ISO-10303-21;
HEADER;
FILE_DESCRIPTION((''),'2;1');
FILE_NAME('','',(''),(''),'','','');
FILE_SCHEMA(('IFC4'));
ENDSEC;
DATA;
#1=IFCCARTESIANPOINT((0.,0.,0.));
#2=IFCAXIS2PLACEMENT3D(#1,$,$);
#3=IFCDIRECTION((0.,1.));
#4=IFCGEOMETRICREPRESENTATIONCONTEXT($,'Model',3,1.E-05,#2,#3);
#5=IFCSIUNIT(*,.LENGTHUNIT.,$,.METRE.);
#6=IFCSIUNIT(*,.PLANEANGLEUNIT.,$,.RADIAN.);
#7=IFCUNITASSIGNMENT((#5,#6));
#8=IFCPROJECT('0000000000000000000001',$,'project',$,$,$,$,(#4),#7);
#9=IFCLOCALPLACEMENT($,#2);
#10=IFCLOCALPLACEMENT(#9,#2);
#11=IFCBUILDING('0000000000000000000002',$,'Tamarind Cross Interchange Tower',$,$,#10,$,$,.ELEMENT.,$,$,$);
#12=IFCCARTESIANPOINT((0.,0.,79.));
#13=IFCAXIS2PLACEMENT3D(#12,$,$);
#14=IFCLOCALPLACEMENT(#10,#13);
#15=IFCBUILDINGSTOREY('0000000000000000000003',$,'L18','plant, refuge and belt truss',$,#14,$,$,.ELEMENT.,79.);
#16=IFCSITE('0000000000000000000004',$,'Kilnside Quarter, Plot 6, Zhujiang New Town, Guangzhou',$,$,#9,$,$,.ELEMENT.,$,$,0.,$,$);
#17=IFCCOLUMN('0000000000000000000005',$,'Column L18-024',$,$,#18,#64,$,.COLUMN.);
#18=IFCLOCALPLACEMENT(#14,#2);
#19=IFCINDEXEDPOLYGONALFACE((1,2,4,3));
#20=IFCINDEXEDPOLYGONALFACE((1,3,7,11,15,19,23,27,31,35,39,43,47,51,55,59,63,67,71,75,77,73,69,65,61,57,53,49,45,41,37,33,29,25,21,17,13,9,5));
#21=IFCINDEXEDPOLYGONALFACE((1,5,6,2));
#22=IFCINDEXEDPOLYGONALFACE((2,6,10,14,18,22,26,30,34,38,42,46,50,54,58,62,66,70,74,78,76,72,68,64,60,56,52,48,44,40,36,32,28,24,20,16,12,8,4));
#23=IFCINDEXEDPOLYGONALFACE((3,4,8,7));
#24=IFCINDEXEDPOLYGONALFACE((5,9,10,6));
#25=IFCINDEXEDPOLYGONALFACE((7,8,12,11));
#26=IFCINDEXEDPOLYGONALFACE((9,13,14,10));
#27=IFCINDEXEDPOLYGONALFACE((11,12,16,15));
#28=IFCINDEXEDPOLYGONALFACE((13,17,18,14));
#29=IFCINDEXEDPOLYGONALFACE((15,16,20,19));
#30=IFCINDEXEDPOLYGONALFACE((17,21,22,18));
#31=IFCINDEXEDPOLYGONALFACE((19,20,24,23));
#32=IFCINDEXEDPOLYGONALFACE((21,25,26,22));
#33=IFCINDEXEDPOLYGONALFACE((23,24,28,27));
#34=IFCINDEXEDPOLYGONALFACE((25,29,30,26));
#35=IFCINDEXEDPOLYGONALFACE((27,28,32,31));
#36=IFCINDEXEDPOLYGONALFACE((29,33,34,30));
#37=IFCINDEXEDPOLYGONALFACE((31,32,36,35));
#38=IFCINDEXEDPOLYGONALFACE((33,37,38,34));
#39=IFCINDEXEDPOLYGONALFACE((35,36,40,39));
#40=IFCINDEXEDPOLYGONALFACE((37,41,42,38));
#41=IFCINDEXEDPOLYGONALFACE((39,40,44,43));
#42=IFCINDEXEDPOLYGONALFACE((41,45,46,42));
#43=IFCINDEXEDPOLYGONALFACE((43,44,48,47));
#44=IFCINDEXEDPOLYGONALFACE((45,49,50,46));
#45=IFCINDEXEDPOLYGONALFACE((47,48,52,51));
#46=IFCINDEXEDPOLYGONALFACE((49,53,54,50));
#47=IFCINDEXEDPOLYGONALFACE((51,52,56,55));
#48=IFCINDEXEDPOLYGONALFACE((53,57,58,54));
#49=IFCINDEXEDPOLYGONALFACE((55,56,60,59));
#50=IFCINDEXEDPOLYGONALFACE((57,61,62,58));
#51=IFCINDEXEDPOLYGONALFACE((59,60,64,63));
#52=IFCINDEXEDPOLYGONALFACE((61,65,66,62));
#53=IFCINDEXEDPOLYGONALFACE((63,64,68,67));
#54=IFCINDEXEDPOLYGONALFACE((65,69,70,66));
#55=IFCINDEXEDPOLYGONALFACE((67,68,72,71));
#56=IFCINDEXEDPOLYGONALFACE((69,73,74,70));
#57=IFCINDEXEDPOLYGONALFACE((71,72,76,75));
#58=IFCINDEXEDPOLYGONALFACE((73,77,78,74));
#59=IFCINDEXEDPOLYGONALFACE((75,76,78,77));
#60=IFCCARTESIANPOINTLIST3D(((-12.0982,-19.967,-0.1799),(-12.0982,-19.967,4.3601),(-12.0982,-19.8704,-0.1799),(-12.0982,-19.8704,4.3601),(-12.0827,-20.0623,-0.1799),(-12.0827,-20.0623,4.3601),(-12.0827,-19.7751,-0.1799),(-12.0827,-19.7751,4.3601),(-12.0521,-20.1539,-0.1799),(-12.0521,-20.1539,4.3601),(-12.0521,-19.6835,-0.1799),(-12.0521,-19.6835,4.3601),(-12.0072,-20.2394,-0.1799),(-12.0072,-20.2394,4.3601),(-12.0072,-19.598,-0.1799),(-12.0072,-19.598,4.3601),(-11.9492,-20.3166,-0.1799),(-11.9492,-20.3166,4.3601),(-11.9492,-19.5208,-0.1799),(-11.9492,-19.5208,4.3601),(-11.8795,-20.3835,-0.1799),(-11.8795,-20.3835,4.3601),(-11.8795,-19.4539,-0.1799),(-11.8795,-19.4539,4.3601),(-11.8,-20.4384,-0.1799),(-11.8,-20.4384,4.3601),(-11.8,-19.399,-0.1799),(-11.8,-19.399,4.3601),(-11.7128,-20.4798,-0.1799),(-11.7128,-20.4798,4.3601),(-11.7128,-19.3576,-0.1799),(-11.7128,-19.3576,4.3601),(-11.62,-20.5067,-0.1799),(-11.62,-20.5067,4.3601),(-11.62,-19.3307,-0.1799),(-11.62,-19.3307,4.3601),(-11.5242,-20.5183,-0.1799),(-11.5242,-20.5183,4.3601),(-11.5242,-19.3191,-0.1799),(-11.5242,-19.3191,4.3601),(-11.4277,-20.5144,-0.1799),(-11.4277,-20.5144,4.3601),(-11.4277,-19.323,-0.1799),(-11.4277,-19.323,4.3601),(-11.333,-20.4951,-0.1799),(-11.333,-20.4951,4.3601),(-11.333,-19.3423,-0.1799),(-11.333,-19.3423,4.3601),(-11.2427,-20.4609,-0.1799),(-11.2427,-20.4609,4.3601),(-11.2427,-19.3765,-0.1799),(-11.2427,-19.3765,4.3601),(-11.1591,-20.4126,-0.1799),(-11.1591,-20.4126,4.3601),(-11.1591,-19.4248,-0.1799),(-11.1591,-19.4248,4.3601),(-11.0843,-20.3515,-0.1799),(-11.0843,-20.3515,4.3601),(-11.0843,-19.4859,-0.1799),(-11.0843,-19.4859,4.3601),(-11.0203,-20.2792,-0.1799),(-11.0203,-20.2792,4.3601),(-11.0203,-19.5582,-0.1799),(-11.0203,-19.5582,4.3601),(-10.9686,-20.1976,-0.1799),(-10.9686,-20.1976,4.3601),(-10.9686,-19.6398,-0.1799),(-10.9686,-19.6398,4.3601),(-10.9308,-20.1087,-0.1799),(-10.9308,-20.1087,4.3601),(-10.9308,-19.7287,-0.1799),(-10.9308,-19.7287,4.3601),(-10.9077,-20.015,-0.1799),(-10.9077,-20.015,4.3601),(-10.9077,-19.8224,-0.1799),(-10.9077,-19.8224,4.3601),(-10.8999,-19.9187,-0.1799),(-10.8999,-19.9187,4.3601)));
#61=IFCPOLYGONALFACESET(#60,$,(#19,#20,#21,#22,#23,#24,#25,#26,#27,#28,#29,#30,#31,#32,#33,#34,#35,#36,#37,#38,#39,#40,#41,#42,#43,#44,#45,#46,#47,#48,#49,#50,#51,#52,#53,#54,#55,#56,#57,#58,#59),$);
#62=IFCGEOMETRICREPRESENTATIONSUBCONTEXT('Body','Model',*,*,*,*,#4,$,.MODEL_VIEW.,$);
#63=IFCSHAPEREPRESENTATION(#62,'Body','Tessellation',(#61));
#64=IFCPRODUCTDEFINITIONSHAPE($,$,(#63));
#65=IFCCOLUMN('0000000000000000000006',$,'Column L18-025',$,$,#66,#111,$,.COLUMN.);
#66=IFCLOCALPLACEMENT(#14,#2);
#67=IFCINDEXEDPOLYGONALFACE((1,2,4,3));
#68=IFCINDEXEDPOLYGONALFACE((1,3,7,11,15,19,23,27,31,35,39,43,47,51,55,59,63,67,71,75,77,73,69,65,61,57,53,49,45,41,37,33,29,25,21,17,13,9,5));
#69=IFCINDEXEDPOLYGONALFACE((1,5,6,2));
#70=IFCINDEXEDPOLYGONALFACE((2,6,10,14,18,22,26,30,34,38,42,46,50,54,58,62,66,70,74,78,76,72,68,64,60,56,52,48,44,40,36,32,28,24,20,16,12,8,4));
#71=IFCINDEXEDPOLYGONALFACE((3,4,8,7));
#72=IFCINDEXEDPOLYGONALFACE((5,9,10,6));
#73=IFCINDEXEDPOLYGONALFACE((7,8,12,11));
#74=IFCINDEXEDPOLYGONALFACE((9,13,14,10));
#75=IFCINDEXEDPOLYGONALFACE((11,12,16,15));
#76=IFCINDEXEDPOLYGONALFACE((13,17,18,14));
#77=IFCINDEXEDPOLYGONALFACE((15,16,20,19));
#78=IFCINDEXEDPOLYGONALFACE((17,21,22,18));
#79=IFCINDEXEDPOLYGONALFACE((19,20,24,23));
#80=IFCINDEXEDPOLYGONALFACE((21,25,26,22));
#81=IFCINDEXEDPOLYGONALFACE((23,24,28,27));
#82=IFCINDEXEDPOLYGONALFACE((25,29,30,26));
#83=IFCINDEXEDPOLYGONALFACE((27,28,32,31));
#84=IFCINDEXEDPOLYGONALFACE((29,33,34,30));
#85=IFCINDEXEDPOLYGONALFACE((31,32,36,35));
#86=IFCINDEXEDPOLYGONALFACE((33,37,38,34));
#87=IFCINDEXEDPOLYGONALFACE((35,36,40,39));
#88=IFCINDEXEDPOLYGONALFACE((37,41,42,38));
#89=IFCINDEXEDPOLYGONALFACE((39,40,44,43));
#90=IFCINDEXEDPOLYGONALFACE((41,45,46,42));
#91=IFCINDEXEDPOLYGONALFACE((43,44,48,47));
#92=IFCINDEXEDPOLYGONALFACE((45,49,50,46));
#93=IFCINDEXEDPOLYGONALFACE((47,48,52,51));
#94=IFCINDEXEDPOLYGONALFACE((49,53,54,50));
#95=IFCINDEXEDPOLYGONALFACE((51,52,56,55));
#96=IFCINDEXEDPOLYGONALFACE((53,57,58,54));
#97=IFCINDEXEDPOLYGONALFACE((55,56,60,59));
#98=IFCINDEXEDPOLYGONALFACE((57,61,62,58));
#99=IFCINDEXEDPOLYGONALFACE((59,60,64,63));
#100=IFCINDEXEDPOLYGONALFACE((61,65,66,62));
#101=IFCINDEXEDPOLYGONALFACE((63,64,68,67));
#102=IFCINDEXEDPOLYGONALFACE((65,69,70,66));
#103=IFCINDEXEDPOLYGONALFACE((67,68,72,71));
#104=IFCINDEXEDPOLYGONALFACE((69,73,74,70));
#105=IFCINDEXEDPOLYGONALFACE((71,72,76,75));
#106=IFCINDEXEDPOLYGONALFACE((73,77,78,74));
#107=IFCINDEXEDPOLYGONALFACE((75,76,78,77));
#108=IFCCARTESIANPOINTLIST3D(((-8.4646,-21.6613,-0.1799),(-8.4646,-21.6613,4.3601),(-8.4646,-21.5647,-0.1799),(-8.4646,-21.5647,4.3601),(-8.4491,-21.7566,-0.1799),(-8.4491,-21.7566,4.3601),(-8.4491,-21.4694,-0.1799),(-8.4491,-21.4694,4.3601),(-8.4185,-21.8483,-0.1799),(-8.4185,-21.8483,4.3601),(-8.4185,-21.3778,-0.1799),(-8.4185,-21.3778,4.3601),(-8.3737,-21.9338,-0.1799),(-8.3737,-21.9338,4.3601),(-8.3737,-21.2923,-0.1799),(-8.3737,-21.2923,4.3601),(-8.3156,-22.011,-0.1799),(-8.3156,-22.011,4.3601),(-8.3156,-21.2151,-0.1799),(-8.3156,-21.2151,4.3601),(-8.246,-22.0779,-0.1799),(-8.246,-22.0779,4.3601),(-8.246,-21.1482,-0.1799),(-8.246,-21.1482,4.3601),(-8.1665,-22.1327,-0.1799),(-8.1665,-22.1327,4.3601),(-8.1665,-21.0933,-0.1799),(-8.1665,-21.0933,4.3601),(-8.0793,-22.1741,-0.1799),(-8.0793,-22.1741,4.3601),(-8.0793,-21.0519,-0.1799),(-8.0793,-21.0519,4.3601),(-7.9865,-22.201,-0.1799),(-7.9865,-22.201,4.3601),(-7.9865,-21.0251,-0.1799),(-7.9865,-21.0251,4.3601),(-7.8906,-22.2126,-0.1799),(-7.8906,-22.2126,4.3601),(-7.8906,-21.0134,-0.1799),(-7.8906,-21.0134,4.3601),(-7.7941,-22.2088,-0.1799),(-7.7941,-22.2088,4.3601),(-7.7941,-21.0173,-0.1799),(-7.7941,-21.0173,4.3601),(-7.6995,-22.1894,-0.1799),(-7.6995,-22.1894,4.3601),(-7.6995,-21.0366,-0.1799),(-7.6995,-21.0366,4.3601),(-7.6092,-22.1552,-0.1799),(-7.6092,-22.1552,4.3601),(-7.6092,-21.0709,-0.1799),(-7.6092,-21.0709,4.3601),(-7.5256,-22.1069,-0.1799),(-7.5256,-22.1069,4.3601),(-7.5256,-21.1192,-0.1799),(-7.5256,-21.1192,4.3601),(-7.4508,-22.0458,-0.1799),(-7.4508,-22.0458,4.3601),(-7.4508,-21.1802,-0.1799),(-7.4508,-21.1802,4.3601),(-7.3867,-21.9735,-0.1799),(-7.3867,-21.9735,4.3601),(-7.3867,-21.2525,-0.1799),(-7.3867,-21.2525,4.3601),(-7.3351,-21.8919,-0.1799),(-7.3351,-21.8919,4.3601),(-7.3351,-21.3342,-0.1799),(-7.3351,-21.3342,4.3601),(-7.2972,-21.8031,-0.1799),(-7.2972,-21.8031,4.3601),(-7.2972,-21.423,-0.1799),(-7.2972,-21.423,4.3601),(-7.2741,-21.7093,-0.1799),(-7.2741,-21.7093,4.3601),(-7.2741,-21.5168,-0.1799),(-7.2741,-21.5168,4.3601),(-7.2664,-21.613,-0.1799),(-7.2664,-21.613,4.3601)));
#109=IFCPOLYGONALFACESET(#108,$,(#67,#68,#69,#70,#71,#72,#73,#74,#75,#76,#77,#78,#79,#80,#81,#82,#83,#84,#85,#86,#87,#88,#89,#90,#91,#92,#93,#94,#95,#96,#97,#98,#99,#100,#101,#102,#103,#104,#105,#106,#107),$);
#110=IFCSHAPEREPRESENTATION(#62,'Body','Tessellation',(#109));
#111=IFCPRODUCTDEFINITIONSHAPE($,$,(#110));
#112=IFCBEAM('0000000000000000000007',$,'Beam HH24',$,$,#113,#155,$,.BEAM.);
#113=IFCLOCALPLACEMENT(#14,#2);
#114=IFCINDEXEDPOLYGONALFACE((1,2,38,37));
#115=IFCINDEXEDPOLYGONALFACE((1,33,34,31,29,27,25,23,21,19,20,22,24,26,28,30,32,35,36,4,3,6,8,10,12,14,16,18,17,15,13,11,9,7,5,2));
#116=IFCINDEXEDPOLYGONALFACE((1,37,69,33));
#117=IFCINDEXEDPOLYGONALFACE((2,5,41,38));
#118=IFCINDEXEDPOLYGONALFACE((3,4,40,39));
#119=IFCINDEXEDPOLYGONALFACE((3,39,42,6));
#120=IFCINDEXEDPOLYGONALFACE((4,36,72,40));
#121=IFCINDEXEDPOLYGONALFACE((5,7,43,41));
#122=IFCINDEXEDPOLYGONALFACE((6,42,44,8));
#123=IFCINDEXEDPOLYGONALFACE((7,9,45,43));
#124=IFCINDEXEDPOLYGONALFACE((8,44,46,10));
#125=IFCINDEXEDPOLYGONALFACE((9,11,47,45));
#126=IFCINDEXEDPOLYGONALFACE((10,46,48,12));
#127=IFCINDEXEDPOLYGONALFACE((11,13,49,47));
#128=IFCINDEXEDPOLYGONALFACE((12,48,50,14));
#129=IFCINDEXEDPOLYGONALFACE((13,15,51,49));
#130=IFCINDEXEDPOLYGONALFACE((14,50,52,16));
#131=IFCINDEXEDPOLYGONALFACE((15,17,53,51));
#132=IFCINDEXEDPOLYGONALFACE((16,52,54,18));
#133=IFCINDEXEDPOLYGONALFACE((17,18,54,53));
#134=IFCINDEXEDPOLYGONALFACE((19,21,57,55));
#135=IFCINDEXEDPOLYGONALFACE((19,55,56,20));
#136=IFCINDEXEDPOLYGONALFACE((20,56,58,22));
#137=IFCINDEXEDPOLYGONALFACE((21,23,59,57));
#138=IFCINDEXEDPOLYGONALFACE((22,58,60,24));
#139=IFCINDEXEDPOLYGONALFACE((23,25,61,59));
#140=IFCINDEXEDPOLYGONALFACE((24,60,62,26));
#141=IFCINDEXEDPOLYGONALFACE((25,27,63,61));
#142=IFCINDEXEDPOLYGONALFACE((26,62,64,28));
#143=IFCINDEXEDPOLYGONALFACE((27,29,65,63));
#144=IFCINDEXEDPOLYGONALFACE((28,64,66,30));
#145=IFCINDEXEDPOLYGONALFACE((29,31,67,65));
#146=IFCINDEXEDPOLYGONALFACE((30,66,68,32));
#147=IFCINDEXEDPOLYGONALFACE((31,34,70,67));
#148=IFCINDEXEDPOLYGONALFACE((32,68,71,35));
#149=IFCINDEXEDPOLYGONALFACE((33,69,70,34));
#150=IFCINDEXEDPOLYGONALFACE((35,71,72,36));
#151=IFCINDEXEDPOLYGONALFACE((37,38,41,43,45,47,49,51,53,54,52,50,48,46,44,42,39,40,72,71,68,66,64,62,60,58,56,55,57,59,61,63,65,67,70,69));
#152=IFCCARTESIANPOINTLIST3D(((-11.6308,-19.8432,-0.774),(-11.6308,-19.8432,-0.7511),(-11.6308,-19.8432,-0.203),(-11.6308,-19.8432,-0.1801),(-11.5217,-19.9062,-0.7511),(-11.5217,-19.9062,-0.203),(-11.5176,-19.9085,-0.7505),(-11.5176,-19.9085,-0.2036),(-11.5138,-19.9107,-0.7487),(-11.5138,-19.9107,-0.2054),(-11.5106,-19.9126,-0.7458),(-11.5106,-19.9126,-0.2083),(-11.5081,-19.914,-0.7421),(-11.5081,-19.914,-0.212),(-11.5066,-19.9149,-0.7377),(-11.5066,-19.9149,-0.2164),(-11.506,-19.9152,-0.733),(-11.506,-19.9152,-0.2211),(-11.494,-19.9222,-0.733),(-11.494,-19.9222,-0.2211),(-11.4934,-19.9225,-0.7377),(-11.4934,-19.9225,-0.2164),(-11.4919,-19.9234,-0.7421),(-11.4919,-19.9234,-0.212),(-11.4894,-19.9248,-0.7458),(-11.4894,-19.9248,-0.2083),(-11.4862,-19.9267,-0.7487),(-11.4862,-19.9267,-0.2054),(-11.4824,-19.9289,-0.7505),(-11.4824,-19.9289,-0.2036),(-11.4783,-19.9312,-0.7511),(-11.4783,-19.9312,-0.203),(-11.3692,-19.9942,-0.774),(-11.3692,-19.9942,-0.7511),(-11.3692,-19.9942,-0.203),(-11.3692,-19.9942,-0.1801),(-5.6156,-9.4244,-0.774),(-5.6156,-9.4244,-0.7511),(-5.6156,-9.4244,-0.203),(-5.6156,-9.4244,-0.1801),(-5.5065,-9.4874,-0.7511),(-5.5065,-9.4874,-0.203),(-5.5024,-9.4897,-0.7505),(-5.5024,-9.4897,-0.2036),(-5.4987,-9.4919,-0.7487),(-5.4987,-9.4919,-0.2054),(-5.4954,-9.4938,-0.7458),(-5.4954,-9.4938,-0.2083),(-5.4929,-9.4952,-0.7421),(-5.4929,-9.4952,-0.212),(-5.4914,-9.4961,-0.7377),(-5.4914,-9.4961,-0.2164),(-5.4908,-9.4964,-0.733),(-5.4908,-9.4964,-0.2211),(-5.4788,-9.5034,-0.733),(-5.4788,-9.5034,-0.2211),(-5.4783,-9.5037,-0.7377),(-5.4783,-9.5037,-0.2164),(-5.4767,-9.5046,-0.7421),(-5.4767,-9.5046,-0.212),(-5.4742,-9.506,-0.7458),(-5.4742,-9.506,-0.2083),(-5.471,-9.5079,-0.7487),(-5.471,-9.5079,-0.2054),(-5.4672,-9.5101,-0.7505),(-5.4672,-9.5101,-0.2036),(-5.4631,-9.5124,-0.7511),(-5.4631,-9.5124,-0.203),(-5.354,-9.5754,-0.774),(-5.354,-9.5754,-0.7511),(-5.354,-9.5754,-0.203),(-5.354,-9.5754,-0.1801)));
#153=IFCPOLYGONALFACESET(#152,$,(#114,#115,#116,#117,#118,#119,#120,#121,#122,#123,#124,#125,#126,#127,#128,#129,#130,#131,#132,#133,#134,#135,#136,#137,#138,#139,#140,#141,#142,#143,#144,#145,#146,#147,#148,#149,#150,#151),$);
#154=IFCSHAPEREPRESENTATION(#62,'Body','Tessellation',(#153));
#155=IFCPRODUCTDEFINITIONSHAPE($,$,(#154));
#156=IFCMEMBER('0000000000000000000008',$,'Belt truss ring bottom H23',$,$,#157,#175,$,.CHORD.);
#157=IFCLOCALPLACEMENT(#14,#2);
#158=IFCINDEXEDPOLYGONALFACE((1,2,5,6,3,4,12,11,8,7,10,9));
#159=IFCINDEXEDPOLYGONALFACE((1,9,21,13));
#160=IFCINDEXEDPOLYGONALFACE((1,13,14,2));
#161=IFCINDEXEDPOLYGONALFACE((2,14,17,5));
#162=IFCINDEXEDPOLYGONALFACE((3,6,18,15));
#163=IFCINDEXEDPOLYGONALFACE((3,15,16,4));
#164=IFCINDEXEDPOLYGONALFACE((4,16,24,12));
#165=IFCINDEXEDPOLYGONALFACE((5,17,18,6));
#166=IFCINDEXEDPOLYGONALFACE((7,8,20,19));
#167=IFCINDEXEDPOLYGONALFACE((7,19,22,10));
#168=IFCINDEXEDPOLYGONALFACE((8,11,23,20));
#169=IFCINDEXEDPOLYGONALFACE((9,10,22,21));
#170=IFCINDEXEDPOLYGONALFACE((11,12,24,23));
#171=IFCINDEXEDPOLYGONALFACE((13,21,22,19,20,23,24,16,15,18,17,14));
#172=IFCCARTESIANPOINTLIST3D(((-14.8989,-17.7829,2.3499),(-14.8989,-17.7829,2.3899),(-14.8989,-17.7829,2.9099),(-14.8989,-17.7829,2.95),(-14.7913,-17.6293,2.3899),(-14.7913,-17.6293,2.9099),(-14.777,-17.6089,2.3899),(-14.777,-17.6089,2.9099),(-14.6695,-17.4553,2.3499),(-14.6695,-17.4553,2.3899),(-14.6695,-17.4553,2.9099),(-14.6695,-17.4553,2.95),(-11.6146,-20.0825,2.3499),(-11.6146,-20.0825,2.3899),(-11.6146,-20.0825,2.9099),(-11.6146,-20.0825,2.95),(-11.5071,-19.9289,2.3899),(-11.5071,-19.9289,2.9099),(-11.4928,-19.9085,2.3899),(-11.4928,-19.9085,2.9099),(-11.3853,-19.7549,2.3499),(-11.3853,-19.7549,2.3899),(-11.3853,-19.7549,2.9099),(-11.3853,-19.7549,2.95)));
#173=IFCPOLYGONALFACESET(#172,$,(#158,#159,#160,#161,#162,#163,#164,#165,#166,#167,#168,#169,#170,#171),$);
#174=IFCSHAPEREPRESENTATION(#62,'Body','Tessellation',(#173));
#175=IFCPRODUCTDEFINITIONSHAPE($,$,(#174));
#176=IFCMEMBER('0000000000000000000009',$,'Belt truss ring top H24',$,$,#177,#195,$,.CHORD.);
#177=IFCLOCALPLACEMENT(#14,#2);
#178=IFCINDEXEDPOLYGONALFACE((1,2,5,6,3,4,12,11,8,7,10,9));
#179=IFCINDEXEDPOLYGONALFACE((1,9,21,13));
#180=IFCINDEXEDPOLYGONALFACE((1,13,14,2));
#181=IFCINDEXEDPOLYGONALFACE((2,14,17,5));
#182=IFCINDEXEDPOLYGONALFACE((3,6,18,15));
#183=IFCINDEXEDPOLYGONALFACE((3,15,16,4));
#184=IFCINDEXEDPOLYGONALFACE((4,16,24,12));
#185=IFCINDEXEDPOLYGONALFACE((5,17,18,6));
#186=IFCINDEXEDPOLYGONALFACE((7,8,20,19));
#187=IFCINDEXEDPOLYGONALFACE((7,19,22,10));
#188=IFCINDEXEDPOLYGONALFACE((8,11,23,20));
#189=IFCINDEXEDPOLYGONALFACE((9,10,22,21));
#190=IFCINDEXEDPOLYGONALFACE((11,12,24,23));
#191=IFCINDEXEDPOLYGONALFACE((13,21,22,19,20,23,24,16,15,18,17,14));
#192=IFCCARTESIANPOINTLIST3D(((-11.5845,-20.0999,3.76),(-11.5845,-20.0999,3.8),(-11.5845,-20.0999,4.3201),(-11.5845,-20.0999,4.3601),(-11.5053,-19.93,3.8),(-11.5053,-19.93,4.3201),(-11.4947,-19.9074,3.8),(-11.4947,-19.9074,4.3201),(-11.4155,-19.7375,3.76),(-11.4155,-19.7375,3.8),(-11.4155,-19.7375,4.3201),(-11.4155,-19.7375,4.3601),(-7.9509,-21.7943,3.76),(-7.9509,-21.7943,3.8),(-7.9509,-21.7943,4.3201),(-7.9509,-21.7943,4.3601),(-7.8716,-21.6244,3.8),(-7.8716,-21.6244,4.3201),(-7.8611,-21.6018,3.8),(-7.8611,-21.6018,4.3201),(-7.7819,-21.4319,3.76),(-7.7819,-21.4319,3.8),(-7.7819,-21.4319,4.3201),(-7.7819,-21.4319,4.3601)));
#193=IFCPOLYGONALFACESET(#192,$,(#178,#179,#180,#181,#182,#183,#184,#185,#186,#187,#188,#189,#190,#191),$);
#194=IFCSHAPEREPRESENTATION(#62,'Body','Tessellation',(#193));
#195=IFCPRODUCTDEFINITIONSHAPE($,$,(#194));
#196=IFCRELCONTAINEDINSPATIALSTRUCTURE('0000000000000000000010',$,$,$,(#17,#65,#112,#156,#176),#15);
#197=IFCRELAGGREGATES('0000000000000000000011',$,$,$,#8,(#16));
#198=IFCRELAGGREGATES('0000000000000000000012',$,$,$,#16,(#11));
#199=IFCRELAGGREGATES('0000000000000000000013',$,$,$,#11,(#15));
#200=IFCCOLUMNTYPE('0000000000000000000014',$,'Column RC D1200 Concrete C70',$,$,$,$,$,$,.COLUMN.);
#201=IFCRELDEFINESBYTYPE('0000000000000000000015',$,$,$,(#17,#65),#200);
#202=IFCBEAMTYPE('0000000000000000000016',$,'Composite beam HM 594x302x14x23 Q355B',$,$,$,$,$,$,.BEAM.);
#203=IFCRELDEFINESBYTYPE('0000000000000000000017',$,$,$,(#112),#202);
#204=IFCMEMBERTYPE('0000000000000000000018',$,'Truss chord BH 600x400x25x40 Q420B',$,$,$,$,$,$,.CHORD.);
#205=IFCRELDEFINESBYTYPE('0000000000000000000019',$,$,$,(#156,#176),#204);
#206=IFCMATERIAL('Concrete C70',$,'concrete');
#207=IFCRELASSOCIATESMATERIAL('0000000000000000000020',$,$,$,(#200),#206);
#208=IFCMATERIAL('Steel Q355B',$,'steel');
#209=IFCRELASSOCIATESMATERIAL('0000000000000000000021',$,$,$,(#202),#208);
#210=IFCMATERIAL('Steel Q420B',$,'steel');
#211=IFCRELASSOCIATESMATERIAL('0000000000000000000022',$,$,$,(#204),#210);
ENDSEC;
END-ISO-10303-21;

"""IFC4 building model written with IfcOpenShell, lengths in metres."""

from ifc_helpers import new_model, si_unit, direction, frame, origin, origin_2d, place, context, subcontext, project, spatial, circle, i_section, extrude, material, material_profile, profile_set, type_object, element, save


model = new_model("IFC4")

# Units and contexts
model_context = context("Model", 3, precision=1e-05, world=origin(), true_north=direction((0.0, 1.0)))
body_context = subcontext(model_context, "Body", "Model", "MODEL_VIEW")
ifc_project = project(units=[si_unit("LENGTHUNIT", "METRE"), si_unit("PLANEANGLEUNIT", "RADIAN")], contexts=[model_context])

# Site, building, storey
site_placement = place(None, origin())
site = spatial("IfcSite", under=ifc_project, at=site_placement, Name="Kilnside Quarter, Plot 6, Zhujiang New Town, Guangzhou", CompositionType="ELEMENT", RefElevation=0.0)
building_placement = place(site_placement, origin())
building = spatial("IfcBuilding", under=site, at=building_placement, Name="Tamarind Cross Interchange Tower", CompositionType="ELEMENT")
storey_placement = place(building_placement, frame((0.0, 0.0, 79.0)))
storey = spatial("IfcBuildingStorey", under=building, at=storey_placement, Name="L18", Description="plant, refuge and belt truss", CompositionType="ELEMENT", Elevation=79.0)

# Columns
ifc_material_1 = material(Name="Concrete C70", Category="concrete")
ifc_material_profile_1 = material_profile(ifc_material_1, circle(Radius=0.6001, at=origin_2d()), Name="RC D1200")
ifc_profile_set_1 = profile_set([ifc_material_profile_1], Name="Concrete C70")
column_type = type_object("IfcColumnType", Name="Column RC D1200 Concrete C70", PredefinedType="COLUMN", material=ifc_profile_set_1)
for number, where, z_axis, x_axis, name in (
    (1, (-11.5, -19.9187, -0.1799), (0.0, 0.0, 1.0), (1.0, 0.0, 0.0), "Column L18-024"),
    (2, (-7.8665, -21.613, -0.1799), (0.0, 0.0, 1.0), (1.0, 0.0, 0.0), "Column L18-025"),
):
    element("IfcColumn", number, at=place(storey_placement, frame(where, z_axis=z_axis, x_axis=x_axis)), inside=storey, type_object=column_type, Name=name, PredefinedType="COLUMN", context=body_context, shape_type="SweptSolid", body=[
        extrude(circle(Radius=0.6001, at=origin_2d()), origin(), (0.0, 0.0, 1.0), 4.54),
    ])

# Beam
ifc_material_2 = material(Name="Steel Q355B", Category="steel")
ifc_material_profile_2 = material_profile(ifc_material_2, i_section(OverallWidth=0.302, OverallDepth=0.594, WebThickness=0.0139, FlangeThickness=0.0229, FilletRadius=0.0181, at=origin_2d()), Name="HM 594x302x14x23")
ifc_profile_set_2 = profile_set([ifc_material_profile_2], Name="Steel Q355B")
beam_type = type_object("IfcBeamType", Name="Composite beam HM 594x302x14x23 Q355B", PredefinedType="BEAM", material=ifc_profile_set_2)
beam_placement = place(storey_placement, frame((-11.5, -19.9187, -0.4771), z_axis=(0.499994, 0.866029, 0.0), x_axis=(-0.866029, 0.499994, 0.0)))
element("IfcBeam", 3, at=beam_placement, inside=storey, type_object=beam_type, Name="Beam HH24", PredefinedType="BEAM", context=body_context, shape_type="SweptSolid", body=[
    extrude(i_section(OverallWidth=0.302, OverallDepth=0.594, WebThickness=0.0139, FlangeThickness=0.0229, FilletRadius=0.0181, at=origin_2d()), origin(), (0.0, 0.0, 1.0), 12.0305),
])

# Members
ifc_material_3 = material(Name="Steel Q420B", Category="steel")
ifc_material_profile_3 = material_profile(ifc_material_3, i_section(OverallWidth=0.3999, OverallDepth=0.6001, WebThickness=0.0249, FlangeThickness=0.04, at=origin_2d()), Name="BH 600x400x25x40")
ifc_profile_set_3 = profile_set([ifc_material_profile_3], Name="Steel Q420B")
member_type_1 = type_object("IfcMemberType", Name="Truss chord BH 600x400x25x40 Q420B", PredefinedType="CHORD", material=ifc_profile_set_3)
for number, where, z_axis, x_axis, name in (
    (4, (-14.7842, -17.6191, 2.6499), (0.819158, -0.573569, 0.0), (0.573569, 0.819158, 0.0), "Belt truss ring bottom H23"),
    (5, (-11.5, -19.9187, 4.0601), (0.906309, -0.422615, 0.0), (0.422615, 0.906309, 0.0), "Belt truss ring top H24"),
):
    element("IfcMember", number, at=place(storey_placement, frame(where, z_axis=z_axis, x_axis=x_axis)), inside=storey, type_object=member_type_1, Name=name, PredefinedType="CHORD", context=body_context, shape_type="SweptSolid", body=[
        extrude(i_section(OverallWidth=0.3999, OverallDepth=0.6001, WebThickness=0.0249, FlangeThickness=0.04, at=origin_2d()), origin(), (0.0, 0.0, 1.0), 4.0093),
    ])

save(model, "model.ifc")
